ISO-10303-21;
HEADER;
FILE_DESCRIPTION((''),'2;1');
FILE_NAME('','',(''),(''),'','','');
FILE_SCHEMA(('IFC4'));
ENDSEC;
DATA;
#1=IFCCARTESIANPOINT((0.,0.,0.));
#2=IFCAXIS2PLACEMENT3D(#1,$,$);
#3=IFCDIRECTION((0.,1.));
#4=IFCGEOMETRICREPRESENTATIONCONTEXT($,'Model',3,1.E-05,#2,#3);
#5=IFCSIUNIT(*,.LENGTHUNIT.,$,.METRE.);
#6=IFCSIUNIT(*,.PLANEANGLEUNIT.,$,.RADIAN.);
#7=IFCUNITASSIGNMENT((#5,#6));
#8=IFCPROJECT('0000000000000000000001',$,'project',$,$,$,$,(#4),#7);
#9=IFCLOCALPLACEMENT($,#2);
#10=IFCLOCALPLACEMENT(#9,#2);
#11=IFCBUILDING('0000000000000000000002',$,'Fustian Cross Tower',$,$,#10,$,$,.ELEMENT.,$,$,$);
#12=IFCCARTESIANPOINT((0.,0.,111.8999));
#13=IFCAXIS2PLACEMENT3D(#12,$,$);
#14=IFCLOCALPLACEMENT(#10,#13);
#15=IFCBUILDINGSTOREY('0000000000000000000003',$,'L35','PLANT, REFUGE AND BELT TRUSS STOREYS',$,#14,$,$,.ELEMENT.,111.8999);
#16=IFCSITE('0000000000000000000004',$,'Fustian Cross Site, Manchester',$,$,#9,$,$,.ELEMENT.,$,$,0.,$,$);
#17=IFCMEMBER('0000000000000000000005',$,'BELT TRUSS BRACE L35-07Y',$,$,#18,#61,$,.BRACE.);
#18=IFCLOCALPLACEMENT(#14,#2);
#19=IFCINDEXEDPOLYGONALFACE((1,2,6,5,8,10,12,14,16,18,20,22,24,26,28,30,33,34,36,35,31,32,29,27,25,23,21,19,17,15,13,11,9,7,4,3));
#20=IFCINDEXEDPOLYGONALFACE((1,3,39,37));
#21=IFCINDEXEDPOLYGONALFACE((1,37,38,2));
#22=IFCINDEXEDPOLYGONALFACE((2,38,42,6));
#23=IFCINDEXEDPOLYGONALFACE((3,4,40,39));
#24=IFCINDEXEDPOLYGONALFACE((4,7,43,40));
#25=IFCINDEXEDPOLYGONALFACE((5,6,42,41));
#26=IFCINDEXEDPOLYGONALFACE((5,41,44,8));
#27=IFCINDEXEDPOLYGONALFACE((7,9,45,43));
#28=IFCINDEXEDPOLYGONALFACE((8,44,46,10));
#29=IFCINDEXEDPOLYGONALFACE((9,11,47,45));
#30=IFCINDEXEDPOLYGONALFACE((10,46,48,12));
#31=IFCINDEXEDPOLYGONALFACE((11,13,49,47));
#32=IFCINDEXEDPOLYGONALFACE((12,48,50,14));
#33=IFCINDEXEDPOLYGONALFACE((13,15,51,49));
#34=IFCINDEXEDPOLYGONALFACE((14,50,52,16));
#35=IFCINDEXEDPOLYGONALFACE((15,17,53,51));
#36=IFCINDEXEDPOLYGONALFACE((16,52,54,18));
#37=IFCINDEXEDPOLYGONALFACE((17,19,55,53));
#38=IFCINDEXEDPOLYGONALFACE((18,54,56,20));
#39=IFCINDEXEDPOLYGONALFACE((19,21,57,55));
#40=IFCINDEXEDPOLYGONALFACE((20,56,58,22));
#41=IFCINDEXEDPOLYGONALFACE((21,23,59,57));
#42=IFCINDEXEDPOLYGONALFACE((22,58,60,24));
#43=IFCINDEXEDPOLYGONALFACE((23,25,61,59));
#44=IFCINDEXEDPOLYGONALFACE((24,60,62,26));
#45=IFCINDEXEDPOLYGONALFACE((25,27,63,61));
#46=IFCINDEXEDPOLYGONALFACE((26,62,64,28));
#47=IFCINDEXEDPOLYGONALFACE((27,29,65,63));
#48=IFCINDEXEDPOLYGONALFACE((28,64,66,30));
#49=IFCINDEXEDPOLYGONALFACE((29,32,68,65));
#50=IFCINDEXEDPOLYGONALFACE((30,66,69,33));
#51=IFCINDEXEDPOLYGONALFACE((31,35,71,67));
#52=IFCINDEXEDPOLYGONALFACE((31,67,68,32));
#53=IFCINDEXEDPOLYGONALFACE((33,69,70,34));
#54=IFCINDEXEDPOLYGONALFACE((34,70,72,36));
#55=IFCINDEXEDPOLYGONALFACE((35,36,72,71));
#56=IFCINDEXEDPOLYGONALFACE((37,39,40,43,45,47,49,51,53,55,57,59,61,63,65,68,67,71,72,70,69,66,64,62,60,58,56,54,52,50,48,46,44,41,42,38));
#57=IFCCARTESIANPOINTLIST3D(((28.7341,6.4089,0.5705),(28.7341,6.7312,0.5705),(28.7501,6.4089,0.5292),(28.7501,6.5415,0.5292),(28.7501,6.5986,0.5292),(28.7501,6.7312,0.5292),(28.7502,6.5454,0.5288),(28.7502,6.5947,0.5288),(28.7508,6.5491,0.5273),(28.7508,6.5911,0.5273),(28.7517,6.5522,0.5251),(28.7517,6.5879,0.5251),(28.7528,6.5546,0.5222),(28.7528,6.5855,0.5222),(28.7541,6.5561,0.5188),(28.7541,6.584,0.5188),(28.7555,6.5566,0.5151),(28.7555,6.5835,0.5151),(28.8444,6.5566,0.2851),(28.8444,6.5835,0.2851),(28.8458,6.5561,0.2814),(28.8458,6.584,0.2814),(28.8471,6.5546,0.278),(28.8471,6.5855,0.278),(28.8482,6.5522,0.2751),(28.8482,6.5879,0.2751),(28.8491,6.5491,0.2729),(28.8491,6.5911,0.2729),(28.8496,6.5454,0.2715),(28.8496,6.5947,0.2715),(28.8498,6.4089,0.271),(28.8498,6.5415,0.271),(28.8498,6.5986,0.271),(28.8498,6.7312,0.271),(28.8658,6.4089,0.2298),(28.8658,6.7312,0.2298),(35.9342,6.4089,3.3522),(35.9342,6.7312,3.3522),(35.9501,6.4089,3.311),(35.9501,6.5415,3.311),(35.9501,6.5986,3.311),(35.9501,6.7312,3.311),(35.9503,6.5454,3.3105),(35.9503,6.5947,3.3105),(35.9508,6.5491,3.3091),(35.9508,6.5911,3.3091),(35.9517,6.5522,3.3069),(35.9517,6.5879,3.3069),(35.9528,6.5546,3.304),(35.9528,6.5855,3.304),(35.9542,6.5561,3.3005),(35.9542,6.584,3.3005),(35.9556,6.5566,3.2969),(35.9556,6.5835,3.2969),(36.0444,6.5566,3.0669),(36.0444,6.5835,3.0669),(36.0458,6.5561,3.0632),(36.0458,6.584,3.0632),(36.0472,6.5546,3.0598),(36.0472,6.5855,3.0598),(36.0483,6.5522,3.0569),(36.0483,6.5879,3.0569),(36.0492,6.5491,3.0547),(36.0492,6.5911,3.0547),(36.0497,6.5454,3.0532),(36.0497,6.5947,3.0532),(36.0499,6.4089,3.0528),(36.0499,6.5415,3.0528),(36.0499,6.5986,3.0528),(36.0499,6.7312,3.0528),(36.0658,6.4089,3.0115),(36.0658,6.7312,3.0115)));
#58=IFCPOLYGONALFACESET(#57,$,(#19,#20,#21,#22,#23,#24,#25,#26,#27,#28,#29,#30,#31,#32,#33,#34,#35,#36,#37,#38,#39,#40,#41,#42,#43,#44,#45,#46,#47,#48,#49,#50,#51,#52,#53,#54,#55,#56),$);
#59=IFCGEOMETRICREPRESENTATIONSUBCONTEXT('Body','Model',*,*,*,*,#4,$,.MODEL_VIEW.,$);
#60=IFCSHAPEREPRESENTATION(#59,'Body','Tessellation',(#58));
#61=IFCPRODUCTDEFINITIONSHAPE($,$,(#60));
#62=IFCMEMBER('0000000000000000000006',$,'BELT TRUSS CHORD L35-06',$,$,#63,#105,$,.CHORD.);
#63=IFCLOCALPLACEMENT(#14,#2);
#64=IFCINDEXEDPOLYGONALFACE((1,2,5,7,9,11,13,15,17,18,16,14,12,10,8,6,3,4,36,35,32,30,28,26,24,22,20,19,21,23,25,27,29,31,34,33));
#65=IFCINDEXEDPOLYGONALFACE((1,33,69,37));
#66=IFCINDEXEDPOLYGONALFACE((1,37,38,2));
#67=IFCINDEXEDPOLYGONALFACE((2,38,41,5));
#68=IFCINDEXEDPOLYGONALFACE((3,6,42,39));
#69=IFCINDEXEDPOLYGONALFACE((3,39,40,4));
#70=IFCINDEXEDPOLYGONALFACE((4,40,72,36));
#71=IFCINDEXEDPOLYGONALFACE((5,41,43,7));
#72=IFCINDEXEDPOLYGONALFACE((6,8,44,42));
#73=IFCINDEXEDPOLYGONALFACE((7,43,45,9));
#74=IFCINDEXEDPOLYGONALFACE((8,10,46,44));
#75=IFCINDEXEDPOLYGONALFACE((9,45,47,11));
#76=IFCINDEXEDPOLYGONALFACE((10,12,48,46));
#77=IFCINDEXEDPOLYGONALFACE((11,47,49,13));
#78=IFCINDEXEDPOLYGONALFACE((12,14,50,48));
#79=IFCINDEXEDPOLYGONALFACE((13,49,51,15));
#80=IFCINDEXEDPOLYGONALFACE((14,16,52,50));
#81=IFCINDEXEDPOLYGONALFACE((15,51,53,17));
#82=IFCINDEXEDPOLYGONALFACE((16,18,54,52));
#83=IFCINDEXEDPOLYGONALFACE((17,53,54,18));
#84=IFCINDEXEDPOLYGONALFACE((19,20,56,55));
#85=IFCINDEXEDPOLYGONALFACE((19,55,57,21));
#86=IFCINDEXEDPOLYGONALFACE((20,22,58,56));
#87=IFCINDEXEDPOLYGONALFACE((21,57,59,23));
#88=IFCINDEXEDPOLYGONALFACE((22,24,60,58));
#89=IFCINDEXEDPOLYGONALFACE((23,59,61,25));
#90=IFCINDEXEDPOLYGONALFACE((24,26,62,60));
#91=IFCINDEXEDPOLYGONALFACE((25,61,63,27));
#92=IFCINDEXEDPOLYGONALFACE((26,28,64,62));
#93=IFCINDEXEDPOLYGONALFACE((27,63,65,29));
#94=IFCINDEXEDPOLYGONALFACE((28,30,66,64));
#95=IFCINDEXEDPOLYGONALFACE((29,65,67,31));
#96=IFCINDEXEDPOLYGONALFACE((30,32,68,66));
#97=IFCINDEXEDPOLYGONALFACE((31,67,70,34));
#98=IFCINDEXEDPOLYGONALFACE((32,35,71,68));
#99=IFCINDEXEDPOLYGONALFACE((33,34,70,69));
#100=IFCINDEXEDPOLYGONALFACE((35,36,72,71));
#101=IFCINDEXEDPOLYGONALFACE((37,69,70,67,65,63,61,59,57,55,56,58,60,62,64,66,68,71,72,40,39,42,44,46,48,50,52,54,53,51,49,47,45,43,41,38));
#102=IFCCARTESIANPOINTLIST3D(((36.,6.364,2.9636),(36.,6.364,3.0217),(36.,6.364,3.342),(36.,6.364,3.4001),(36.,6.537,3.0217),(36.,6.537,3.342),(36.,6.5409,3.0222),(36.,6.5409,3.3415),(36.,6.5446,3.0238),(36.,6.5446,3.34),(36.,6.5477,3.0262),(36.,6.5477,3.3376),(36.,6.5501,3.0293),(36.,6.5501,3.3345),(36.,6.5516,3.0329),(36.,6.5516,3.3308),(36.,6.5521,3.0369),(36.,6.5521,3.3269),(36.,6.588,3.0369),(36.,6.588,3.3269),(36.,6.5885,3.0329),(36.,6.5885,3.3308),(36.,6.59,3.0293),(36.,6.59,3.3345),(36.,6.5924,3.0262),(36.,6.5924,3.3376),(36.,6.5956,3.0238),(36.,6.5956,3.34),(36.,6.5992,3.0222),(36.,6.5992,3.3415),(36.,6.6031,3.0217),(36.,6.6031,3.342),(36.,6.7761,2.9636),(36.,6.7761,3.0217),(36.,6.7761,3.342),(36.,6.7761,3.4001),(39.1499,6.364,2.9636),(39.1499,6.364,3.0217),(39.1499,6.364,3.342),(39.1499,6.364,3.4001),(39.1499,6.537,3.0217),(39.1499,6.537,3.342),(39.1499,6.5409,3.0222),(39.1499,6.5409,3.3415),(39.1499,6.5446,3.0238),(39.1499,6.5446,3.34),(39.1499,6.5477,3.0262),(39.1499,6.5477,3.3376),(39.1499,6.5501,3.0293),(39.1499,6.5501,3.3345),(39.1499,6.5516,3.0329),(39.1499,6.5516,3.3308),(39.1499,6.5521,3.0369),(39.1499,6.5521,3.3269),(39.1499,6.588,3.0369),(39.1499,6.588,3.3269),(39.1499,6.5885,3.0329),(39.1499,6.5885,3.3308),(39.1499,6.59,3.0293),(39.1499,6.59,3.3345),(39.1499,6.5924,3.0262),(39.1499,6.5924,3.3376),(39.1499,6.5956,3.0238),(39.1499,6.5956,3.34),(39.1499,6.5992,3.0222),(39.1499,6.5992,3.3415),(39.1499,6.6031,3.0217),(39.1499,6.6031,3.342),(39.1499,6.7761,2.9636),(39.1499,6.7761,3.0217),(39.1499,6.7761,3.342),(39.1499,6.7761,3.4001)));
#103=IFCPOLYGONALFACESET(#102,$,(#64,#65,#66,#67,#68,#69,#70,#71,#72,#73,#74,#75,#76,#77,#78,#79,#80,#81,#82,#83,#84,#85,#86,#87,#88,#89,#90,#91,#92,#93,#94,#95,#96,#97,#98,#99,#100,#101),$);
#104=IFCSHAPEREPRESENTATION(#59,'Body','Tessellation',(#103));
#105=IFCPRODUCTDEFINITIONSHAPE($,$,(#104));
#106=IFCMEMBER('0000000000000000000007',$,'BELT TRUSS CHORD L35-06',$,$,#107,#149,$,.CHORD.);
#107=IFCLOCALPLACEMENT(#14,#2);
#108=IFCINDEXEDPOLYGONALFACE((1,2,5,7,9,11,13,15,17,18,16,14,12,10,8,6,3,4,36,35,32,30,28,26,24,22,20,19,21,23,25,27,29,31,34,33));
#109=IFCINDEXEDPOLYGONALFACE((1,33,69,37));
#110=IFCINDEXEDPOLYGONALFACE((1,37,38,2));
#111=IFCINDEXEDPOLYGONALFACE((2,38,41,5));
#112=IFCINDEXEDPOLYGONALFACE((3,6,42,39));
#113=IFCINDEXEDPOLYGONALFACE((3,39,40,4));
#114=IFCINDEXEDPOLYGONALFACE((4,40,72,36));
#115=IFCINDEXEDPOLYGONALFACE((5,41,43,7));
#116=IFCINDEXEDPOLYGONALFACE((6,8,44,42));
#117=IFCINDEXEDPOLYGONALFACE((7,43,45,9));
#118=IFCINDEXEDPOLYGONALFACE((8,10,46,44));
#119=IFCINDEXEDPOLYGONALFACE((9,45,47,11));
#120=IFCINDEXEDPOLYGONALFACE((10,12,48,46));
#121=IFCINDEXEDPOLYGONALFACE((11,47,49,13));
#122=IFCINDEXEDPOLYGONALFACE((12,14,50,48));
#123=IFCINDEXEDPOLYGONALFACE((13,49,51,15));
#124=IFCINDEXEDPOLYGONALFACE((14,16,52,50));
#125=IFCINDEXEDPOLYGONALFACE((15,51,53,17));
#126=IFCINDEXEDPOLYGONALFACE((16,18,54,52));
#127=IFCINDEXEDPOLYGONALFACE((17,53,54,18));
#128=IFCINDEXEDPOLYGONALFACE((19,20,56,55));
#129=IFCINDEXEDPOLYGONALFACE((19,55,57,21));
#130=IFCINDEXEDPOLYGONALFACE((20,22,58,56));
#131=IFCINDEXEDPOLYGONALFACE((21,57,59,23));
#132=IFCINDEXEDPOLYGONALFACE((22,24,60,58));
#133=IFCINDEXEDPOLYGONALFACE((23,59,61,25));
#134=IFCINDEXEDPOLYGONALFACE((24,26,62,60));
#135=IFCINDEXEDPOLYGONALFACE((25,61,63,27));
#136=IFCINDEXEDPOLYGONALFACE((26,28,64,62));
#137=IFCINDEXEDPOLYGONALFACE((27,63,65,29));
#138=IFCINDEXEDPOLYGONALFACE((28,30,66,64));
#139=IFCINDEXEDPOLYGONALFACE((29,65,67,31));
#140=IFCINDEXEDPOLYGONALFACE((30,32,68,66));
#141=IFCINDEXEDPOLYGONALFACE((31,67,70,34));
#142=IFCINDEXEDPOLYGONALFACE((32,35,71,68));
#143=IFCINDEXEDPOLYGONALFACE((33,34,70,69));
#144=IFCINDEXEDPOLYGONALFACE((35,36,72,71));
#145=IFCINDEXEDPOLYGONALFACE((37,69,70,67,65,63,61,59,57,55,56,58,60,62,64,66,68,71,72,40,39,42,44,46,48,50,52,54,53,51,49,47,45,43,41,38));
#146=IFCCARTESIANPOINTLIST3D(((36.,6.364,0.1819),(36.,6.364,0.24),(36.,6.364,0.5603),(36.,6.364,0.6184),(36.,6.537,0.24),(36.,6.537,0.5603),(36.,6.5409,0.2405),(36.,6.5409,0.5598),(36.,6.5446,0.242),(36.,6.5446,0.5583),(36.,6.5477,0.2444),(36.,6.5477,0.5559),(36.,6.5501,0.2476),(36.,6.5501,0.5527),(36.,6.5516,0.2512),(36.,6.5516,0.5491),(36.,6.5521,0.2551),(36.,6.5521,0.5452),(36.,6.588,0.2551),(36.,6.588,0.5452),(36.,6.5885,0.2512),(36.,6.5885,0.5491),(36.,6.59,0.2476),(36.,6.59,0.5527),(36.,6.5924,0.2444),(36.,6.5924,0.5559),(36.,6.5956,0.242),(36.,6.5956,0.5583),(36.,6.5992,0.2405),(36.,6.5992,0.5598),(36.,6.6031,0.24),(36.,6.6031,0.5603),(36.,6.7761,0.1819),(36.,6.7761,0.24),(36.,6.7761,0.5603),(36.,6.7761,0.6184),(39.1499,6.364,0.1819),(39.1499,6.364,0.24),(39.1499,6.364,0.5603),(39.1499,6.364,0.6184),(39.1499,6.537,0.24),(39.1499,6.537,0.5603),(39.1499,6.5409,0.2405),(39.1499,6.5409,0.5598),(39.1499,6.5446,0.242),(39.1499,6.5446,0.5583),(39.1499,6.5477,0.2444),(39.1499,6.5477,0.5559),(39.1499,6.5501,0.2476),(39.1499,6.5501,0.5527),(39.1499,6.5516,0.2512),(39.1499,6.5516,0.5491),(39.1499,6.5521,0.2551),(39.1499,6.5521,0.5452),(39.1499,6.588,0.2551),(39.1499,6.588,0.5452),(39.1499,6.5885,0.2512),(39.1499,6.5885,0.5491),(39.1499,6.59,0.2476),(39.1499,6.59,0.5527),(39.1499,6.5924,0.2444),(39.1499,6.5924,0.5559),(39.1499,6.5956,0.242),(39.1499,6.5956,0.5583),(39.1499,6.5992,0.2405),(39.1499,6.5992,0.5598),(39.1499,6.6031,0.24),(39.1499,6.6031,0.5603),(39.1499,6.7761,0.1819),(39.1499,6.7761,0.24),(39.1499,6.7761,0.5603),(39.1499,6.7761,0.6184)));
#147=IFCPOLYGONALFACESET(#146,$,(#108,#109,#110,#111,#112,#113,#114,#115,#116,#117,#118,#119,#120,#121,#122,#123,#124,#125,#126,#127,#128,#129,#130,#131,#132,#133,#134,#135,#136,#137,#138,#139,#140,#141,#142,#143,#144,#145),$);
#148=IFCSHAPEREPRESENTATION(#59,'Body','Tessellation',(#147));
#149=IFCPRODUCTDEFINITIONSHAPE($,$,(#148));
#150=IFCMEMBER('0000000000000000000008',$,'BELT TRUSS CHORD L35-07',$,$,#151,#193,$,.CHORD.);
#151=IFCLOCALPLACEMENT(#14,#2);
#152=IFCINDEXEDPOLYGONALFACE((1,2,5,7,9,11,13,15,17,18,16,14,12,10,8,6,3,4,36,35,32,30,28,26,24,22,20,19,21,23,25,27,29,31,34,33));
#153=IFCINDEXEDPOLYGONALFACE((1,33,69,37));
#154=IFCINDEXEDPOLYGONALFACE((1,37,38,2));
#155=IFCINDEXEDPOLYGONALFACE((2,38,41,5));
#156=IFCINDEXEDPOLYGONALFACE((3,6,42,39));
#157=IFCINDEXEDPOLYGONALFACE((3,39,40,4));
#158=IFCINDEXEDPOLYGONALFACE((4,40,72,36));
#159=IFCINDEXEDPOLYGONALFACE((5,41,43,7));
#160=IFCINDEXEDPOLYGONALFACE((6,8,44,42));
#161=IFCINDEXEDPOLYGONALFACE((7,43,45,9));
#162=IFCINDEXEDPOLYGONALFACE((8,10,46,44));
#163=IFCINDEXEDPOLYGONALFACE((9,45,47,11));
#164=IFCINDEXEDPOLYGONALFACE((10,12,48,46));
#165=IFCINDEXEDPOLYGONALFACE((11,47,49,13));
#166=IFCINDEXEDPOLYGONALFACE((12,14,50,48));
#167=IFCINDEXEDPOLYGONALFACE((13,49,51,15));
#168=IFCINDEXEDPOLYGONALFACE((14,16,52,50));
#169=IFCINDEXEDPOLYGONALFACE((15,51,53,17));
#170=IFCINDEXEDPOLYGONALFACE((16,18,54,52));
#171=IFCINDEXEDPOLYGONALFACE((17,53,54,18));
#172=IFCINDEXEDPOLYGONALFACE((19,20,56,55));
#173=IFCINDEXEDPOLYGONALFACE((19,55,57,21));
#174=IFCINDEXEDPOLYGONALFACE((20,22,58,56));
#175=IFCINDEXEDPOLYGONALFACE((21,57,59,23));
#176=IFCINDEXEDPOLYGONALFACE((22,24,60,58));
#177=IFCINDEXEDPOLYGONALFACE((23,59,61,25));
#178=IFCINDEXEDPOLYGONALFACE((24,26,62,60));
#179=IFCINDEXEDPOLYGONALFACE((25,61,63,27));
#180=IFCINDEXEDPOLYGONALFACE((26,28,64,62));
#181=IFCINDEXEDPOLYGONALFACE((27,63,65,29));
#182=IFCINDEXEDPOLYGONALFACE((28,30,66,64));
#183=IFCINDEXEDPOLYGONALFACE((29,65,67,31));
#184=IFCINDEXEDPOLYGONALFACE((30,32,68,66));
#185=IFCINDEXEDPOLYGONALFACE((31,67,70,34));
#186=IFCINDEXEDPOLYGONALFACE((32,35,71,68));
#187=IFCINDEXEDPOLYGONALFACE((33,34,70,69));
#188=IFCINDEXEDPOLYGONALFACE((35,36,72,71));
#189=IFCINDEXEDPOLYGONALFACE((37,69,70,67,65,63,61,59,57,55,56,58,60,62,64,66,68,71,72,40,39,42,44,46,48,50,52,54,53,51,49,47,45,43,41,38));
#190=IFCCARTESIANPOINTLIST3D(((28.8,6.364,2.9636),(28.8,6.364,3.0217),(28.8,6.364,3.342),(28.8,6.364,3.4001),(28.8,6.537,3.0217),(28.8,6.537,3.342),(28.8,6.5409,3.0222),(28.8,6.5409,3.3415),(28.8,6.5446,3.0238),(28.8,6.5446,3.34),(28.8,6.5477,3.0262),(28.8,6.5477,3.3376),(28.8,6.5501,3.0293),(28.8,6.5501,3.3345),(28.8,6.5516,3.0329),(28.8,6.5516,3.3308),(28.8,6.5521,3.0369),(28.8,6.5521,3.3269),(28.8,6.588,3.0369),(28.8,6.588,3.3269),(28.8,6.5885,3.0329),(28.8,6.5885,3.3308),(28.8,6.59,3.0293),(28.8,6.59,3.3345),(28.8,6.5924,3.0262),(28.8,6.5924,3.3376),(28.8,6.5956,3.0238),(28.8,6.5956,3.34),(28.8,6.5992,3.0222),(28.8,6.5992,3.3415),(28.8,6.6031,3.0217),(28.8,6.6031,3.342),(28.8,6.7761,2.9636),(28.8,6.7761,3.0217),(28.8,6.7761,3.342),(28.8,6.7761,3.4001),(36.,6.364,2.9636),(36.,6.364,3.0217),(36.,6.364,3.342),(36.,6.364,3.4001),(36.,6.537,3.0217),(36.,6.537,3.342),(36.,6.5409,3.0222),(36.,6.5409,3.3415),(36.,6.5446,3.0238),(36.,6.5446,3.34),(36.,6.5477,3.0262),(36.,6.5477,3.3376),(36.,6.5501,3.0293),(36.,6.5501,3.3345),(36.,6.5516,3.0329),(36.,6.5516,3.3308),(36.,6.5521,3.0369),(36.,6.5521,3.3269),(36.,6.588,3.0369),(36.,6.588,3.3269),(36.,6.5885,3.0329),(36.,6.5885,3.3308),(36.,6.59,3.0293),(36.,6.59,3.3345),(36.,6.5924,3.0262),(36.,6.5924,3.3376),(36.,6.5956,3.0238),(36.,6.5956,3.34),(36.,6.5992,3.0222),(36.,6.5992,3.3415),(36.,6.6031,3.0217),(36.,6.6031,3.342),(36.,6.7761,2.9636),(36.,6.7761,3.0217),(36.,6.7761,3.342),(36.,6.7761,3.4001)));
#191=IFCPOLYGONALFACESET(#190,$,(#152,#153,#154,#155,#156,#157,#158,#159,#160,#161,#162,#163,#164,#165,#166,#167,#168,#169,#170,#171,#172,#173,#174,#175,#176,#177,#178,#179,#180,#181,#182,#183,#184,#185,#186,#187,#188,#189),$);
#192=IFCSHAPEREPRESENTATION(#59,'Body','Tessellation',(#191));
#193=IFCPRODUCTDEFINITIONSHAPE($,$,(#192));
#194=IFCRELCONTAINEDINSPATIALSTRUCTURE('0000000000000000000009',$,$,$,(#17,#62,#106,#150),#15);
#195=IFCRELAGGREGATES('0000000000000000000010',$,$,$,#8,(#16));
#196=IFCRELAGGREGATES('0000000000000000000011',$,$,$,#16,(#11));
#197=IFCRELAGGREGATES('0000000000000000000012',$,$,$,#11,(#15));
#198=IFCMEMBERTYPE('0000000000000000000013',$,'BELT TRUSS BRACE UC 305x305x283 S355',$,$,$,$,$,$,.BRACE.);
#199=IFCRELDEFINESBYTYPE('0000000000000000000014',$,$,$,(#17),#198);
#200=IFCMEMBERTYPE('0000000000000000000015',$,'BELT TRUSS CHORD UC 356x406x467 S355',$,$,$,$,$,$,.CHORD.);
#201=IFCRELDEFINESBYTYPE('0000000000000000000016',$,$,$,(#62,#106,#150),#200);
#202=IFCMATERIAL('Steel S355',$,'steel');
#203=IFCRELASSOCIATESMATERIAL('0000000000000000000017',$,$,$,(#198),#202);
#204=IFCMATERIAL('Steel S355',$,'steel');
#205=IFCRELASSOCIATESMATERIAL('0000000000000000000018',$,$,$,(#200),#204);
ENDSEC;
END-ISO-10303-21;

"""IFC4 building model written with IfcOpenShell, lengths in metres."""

from ifc_helpers import new_model, si_unit, direction, frame, origin, origin_2d, place, context, subcontext, project, spatial, i_section, extrude, material, material_profile, profile_set, type_object, element, save


model = new_model("IFC4")

# Units and contexts
model_context = context("Model", 3, precision=1e-05, world=origin(), true_north=direction((0.0, 1.0)))
body_context = subcontext(model_context, "Body", "Model", "MODEL_VIEW")
ifc_project = project(units=[si_unit("LENGTHUNIT", "METRE"), si_unit("PLANEANGLEUNIT", "RADIAN")], contexts=[model_context])

# Site, building, storey
site_placement = place(None, origin())
site = spatial("IfcSite", under=ifc_project, at=site_placement, Name="Fustian Cross Site, Manchester", CompositionType="ELEMENT", RefElevation=0.0)
building_placement = place(site_placement, origin())
building = spatial("IfcBuilding", under=site, at=building_placement, Name="Fustian Cross Tower", CompositionType="ELEMENT")
storey_placement = place(building_placement, frame((0.0, 0.0, 111.8999)))
storey = spatial("IfcBuildingStorey", under=building, at=storey_placement, Name="L35", Description="PLANT, REFUGE AND BELT TRUSS STOREYS", CompositionType="ELEMENT", Elevation=111.8999)

# Members
ifc_material_1 = material(Name="Steel S355", Category="steel")
ifc_material_profile_1 = material_profile(ifc_material_1, i_section(OverallWidth=0.3223, OverallDepth=0.3652, WebThickness=0.0269, FlangeThickness=0.0442, FilletRadius=0.0151, at=origin_2d()), Name="UC 305x305x283")
ifc_profile_set_1 = profile_set([ifc_material_profile_1], Name="Steel S355")
member_type_1 = type_object("IfcMemberType", Name="BELT TRUSS BRACE UC 305x305x283 S355", PredefinedType="BRACE", material=ifc_profile_set_1)
for number, where, z_axis, x_axis, name in (
    (1, (36.0, 6.5701, 3.1819), (-0.932801, 0.0, -0.360392), (0.0, -1.0, 0.0), "BELT TRUSS BRACE L35-07Y"),
):
    element("IfcMember", number, at=place(storey_placement, frame(where, z_axis=z_axis, x_axis=x_axis)), inside=storey, type_object=member_type_1, Name=name, PredefinedType="BRACE", context=body_context, shape_type="SweptSolid", body=[
        extrude(i_section(OverallWidth=0.3223, OverallDepth=0.3652, WebThickness=0.0269, FlangeThickness=0.0442, FilletRadius=0.0151, at=origin_2d()), origin(), (0.0, 0.0, 1.0), 7.7188),
    ])
ifc_material_2 = material(Name="Steel S355", Category="steel")
ifc_material_profile_2 = material_profile(ifc_material_2, i_section(OverallWidth=0.4121, OverallDepth=0.4365, WebThickness=0.0359, FlangeThickness=0.0581, FilletRadius=0.0151, at=origin_2d()), Name="UC 356x406x467")
ifc_profile_set_2 = profile_set([ifc_material_profile_2], Name="Steel S355")
member_type_2 = type_object("IfcMemberType", Name="BELT TRUSS CHORD UC 356x406x467 S355", PredefinedType="CHORD", material=ifc_profile_set_2)
for number, where, z_axis, x_axis, name in (
    (2, (39.1499, 6.5701, 3.1819), (-1.0, 0.0, 0.0), (0.0, -1.0, 0.0), "BELT TRUSS CHORD L35-06"),
    (3, (39.1499, 6.5701, 0.4001), (-1.0, 0.0, 0.0), (0.0, -1.0, 0.0), "BELT TRUSS CHORD L35-06"),
):
    element("IfcMember", number, at=place(storey_placement, frame(where, z_axis=z_axis, x_axis=x_axis)), inside=storey, type_object=member_type_2, Name=name, PredefinedType="CHORD", context=body_context, shape_type="SweptSolid", body=[
        extrude(i_section(OverallWidth=0.4121, OverallDepth=0.4365, WebThickness=0.0359, FlangeThickness=0.0581, FilletRadius=0.0151, at=origin_2d()), origin(), (0.0, 0.0, 1.0), 3.1499),
    ])
for number, where, z_axis, x_axis, name in (
    (4, (36.0, 6.5701, 3.1819), (-1.0, 0.0, 0.0), (0.0, -1.0, 0.0), "BELT TRUSS CHORD L35-07"),
):
    element("IfcMember", number, at=place(storey_placement, frame(where, z_axis=z_axis, x_axis=x_axis)), inside=storey, type_object=member_type_2, Name=name, PredefinedType="CHORD", context=body_context, shape_type="SweptSolid", body=[
        extrude(i_section(OverallWidth=0.4121, OverallDepth=0.4365, WebThickness=0.0359, FlangeThickness=0.0581, FilletRadius=0.0151, at=origin_2d()), origin(), (0.0, 0.0, 1.0), 7.2),
    ])

save(model, "model.ifc")
